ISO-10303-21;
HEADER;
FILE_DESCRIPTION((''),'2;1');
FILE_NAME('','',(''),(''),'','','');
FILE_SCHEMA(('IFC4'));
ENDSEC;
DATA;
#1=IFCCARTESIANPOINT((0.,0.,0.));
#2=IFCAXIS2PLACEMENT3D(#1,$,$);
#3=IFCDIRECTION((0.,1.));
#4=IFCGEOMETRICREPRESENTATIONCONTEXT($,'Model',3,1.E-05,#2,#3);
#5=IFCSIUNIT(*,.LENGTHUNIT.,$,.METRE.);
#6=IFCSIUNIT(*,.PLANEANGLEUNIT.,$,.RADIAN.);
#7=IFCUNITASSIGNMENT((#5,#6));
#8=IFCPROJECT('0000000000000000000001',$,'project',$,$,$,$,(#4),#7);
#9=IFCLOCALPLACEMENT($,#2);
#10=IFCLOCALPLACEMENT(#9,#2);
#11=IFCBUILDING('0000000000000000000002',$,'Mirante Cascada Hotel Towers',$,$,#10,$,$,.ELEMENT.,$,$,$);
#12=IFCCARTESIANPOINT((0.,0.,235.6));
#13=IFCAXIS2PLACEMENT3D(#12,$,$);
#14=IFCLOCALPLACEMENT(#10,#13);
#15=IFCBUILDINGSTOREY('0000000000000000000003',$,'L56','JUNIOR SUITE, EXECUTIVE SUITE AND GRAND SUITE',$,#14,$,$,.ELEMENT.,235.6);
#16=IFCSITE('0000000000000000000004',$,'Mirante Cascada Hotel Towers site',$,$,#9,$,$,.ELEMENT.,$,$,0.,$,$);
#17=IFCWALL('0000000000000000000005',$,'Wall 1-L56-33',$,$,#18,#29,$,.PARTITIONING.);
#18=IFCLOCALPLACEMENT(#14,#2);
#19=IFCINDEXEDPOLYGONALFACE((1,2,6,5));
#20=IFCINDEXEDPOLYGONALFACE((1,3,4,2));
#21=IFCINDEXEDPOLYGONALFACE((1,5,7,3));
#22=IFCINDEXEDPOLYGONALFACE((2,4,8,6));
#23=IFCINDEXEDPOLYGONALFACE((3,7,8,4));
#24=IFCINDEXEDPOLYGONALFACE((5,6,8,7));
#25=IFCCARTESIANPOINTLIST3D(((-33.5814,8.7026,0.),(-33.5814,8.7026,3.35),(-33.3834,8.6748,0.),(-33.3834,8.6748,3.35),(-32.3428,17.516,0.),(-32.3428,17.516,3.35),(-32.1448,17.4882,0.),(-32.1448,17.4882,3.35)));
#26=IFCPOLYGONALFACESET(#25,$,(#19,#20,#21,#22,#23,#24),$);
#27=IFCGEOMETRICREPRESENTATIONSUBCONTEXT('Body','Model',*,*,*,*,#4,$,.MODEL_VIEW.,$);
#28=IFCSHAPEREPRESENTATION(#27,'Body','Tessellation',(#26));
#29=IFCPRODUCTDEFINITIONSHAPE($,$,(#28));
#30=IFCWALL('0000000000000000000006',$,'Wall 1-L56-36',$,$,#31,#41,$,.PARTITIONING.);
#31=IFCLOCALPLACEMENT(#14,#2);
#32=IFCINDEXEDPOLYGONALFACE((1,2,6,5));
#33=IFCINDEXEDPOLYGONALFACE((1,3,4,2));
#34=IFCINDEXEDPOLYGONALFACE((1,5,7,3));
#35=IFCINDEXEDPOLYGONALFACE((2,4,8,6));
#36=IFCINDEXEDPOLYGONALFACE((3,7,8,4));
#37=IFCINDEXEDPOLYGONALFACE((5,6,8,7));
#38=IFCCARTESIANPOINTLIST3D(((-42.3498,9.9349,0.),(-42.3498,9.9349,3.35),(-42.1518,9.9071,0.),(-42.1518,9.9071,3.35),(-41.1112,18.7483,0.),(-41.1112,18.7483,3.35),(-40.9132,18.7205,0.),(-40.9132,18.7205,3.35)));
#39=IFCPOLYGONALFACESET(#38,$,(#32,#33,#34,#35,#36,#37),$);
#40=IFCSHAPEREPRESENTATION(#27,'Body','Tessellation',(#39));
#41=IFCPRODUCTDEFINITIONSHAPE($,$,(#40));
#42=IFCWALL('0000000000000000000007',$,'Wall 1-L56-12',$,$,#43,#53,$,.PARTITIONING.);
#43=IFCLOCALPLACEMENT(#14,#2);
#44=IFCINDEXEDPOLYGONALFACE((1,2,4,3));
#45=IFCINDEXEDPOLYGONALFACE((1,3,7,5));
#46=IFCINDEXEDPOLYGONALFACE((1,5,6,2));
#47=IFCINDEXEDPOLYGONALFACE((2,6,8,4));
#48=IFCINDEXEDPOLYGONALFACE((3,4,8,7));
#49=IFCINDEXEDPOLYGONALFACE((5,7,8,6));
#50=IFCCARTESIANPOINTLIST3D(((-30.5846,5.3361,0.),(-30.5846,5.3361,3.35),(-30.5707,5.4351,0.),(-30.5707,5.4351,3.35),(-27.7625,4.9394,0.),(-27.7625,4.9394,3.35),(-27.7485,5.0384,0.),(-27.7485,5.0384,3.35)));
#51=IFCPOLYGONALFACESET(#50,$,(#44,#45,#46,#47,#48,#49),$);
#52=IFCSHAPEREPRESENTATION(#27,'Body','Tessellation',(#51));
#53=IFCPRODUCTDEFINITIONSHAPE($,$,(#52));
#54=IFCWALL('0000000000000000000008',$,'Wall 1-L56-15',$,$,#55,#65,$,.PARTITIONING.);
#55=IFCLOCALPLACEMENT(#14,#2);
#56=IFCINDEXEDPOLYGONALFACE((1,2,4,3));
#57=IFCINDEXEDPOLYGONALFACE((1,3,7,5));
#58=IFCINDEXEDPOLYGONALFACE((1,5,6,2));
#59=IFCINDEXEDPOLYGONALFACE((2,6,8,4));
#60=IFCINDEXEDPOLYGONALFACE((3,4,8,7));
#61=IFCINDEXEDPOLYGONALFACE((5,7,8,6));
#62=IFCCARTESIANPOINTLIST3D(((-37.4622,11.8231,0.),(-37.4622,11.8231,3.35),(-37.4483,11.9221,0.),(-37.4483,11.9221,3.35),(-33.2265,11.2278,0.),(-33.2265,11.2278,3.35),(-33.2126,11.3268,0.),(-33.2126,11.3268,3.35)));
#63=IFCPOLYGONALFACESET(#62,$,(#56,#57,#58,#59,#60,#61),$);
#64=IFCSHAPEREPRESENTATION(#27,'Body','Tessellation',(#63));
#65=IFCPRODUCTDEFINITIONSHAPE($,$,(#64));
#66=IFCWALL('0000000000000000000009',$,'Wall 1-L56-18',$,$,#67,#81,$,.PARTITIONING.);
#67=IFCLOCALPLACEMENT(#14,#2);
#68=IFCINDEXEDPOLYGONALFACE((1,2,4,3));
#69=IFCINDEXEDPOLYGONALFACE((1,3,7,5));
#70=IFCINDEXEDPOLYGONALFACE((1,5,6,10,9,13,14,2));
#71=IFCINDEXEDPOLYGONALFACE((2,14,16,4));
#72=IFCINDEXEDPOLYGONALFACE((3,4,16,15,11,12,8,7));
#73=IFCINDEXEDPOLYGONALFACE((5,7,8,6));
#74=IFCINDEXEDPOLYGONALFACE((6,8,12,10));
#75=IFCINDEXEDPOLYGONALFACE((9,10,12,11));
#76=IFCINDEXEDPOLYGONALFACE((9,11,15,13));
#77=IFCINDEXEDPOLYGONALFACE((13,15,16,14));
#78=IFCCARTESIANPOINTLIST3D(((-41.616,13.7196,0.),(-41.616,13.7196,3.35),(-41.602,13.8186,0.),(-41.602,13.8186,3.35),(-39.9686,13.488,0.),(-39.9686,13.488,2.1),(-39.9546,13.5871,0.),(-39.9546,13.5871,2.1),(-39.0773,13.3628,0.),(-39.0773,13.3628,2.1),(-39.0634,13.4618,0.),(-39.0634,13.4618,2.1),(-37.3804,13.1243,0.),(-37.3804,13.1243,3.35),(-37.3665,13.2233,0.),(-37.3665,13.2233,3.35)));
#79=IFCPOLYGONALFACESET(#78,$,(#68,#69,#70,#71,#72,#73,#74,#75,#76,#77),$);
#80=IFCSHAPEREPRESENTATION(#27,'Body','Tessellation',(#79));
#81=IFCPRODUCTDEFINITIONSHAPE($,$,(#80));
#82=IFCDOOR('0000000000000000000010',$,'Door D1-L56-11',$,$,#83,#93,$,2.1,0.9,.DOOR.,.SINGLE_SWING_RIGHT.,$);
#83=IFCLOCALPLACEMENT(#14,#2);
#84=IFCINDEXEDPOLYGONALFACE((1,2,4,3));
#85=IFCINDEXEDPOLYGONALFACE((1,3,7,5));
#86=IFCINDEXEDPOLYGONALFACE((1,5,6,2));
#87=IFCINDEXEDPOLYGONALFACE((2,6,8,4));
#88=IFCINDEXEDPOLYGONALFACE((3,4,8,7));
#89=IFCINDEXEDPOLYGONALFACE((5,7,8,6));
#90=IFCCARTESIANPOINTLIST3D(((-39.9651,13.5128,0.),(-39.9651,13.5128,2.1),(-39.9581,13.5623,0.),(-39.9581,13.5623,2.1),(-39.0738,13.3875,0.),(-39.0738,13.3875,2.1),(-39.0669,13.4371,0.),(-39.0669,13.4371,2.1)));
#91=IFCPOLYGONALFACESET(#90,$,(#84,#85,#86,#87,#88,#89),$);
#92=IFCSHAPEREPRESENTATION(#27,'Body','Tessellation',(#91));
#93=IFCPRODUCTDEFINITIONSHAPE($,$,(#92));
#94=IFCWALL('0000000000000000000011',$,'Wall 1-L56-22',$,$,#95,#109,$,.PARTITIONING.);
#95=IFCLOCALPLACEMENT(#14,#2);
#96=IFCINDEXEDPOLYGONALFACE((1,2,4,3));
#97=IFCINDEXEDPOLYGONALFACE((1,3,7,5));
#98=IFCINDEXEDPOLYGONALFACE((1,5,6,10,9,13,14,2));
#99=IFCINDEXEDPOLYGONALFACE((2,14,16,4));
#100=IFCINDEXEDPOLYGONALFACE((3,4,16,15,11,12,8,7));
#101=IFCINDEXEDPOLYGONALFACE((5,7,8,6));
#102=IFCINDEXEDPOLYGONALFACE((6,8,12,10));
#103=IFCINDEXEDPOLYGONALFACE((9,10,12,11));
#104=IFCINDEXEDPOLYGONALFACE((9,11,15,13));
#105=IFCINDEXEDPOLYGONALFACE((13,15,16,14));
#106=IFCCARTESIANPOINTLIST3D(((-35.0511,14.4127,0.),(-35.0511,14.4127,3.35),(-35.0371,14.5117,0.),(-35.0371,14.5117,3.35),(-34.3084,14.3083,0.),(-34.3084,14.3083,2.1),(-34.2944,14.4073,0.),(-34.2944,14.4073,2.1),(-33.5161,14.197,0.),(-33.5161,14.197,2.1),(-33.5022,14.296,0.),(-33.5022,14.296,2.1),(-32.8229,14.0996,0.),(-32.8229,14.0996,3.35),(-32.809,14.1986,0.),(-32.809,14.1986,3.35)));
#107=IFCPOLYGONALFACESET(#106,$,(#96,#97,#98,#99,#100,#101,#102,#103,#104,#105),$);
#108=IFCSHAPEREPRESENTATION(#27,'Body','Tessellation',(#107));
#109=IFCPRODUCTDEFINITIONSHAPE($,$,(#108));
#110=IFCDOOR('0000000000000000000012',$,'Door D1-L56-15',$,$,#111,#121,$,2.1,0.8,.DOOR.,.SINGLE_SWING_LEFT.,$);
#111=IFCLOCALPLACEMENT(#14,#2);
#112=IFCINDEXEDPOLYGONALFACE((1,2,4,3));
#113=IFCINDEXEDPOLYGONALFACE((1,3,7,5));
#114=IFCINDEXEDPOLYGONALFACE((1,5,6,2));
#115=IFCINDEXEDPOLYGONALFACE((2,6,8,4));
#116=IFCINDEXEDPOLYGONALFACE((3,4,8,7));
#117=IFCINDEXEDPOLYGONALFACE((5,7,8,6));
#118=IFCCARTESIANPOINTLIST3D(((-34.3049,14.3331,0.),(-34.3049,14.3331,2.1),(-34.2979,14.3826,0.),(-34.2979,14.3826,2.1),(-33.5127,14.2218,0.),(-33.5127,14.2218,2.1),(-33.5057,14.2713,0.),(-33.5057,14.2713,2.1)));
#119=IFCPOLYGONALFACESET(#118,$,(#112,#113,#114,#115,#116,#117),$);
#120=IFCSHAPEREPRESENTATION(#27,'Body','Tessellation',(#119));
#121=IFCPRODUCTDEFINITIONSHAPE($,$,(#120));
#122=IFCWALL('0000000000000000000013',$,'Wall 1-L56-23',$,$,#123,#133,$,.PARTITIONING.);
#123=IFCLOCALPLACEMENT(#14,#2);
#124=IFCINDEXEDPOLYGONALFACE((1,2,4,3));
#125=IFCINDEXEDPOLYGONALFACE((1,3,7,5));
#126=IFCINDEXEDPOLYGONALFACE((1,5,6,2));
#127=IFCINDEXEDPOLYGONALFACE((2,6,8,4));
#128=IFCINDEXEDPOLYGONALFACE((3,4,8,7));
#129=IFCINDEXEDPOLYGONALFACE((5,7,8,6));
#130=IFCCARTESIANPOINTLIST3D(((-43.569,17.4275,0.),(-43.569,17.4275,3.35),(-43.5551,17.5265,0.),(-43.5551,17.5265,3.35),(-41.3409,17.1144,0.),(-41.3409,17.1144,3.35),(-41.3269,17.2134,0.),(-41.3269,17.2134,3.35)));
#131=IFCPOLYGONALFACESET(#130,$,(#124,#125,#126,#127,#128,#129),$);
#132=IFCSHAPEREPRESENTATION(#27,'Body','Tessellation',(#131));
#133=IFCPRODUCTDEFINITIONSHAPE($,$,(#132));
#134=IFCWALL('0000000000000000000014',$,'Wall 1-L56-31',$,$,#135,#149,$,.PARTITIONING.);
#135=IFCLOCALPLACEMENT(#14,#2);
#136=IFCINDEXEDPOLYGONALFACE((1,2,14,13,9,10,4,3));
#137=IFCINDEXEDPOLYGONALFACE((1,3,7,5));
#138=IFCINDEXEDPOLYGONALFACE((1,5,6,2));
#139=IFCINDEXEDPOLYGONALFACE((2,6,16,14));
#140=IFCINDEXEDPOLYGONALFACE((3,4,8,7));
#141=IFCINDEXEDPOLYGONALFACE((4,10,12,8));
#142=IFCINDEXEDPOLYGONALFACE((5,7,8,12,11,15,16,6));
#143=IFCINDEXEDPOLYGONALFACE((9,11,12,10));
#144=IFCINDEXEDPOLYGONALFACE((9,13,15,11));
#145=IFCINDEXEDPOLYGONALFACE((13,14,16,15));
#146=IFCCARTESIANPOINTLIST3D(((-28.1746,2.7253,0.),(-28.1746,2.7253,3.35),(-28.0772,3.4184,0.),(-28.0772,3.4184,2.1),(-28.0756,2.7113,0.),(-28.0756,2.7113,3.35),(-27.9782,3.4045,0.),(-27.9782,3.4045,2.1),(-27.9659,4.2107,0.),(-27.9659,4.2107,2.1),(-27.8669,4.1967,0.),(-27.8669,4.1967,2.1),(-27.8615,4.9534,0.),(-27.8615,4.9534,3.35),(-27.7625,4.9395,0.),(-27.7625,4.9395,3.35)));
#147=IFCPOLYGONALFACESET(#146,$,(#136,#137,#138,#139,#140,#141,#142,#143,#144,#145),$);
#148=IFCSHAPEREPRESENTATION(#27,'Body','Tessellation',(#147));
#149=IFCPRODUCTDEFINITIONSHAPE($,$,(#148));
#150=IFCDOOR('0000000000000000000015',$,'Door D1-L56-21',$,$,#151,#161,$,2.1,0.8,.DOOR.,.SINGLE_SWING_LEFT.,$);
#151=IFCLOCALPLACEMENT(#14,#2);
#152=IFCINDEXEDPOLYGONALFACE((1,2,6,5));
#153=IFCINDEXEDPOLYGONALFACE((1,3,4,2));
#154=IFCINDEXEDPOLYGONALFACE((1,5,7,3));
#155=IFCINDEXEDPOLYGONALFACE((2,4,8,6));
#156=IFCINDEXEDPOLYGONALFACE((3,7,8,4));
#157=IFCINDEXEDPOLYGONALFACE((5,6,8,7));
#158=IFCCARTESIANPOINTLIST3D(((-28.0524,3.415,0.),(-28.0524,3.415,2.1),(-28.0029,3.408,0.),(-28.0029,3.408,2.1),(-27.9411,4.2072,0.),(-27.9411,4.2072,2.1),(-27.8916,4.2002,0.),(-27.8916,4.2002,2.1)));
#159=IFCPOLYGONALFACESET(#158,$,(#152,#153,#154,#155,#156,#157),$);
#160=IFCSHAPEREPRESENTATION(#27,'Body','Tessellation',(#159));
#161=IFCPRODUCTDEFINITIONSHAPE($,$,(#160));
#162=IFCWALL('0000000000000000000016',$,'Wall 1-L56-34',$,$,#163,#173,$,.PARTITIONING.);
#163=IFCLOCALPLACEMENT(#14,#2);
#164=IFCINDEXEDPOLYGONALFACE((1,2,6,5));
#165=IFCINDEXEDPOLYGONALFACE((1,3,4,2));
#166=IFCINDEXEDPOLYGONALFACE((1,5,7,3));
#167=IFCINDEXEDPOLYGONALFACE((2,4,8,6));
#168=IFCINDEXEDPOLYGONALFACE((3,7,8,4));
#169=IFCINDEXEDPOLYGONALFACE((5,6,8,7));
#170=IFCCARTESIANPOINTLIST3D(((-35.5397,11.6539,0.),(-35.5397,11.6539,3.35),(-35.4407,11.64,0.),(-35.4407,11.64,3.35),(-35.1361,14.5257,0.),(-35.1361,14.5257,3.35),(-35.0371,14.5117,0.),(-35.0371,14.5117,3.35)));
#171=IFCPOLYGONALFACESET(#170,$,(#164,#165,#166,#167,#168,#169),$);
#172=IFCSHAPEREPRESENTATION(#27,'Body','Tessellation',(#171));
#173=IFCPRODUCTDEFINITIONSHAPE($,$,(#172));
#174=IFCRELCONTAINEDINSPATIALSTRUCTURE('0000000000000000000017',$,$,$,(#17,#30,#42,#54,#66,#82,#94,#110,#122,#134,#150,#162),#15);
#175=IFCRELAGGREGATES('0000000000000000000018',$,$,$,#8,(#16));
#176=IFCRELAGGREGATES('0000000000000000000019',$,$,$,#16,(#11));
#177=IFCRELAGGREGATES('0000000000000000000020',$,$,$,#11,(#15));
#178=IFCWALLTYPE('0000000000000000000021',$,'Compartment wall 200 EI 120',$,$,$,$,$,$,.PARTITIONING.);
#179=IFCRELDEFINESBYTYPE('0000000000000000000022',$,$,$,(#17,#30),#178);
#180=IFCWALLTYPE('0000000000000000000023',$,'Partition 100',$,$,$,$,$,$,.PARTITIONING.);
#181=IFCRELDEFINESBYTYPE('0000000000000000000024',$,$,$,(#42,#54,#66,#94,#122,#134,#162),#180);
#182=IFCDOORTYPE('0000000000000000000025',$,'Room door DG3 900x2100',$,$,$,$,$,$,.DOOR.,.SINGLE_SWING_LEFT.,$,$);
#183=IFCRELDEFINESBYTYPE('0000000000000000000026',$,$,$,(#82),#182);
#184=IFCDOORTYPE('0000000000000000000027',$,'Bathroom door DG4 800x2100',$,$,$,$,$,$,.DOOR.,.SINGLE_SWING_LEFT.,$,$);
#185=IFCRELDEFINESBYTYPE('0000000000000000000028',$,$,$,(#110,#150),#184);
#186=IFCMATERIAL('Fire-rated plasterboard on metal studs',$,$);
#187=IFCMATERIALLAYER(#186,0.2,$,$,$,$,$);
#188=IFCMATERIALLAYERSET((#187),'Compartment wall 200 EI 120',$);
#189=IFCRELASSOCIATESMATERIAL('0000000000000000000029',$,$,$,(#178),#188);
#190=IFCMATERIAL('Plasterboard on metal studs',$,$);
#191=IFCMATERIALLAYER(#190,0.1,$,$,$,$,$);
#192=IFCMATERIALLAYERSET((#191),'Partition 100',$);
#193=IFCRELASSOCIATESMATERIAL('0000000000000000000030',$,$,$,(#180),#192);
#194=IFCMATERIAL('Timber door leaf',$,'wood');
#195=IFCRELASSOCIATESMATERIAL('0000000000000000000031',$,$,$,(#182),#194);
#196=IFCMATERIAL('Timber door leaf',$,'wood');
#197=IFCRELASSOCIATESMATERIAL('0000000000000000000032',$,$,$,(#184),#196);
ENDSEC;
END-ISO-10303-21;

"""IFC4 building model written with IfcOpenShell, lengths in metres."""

from ifc_helpers import new_model, si_unit, direction, frame, frame_2d, origin, place, context, subcontext, project, spatial, rectangle, extrude, material, layer, layer_set, type_object, element, fill, save


model = new_model("IFC4")

# Units and contexts
model_context = context("Model", 3, precision=1e-05, world=origin(), true_north=direction((0.0, 1.0)))
body_context = subcontext(model_context, "Body", "Model", "MODEL_VIEW")
ifc_project = project(units=[si_unit("LENGTHUNIT", "METRE"), si_unit("PLANEANGLEUNIT", "RADIAN")], contexts=[model_context])

# Site, building, storey
site_placement = place(None, origin())
site = spatial("IfcSite", under=ifc_project, at=site_placement, Name="Mirante Cascada Hotel Towers site", CompositionType="ELEMENT", RefElevation=0.0)
building_placement = place(site_placement, origin())
building = spatial("IfcBuilding", under=site, at=building_placement, Name="Mirante Cascada Hotel Towers", CompositionType="ELEMENT")
storey_placement = place(building_placement, frame((0.0, 0.0, 235.6)))
storey = spatial("IfcBuildingStorey", under=building, at=storey_placement, Name="L56", Description="JUNIOR SUITE, EXECUTIVE SUITE AND GRAND SUITE", CompositionType="ELEMENT", Elevation=235.6)

# Shared definitions
ifc_material_1 = material(Name="Fire-rated plasterboard on metal studs")
ifc_layer_1 = layer(ifc_material_1, 0.2)
ifc_layer_set_1 = layer_set([ifc_layer_1], Name="Compartment wall 200 EI 120")
wall_type_1 = type_object("IfcWallType", Name="Compartment wall 200 EI 120", PredefinedType="PARTITIONING", material=ifc_layer_set_1)

# Walls
for number, where, z_axis, x_axis, name in (
    (1, (-33.4824, 8.6887, 0.0), (0.0, 0.0, 1.0), (0.139168, 0.990269, 0.0), "Wall 1-L56-33"),
    (2, (-41.0122, 18.7344, 0.0), (0.0, 0.0, 1.0), (-0.139168, -0.990269, 0.0), "Wall 1-L56-36"),
):
    element("IfcWall", number, at=place(storey_placement, frame(where, z_axis=z_axis, x_axis=x_axis)), inside=storey, type_object=wall_type_1, Name=name, PredefinedType="PARTITIONING", context=body_context, shape_type="SweptSolid", body=[
        extrude(rectangle(XDim=8.9, YDim=0.2, at=frame_2d((4.45, 0.0))), origin(), (0.0, 0.0, 1.0), 3.35),
    ])
ifc_material_2 = material(Name="Plasterboard on metal studs")
ifc_layer_2 = layer(ifc_material_2, 0.1)
ifc_layer_set_2 = layer_set([ifc_layer_2], Name="Partition 100")
wall_type_2 = type_object("IfcWallType", Name="Partition 100", PredefinedType="PARTITIONING", material=ifc_layer_set_2)
wall_1_placement = place(storey_placement, frame((-30.5777, 5.3856, 0.0), z_axis=(0.0, 0.0, 1.0), x_axis=(0.990265, -0.139196, 0.0)))
element("IfcWall", 3, at=wall_1_placement, inside=storey, type_object=wall_type_2, Name="Wall 1-L56-12", PredefinedType="PARTITIONING", context=body_context, shape_type="SweptSolid", body=[
    extrude(rectangle(XDim=2.8499, YDim=0.1, at=frame_2d((1.425, 0.0))), origin(), (0.0, 0.0, 1.0), 3.35),
])
wall_2_placement = place(storey_placement, frame((-33.2196, 11.2773, 0.0), z_axis=(0.0, 0.0, 1.0), x_axis=(-0.990268, 0.139176, 0.0)))
element("IfcWall", 4, at=wall_2_placement, inside=storey, type_object=wall_type_2, Name="Wall 1-L56-15", PredefinedType="PARTITIONING", context=body_context, shape_type="SweptSolid", body=[
    extrude(rectangle(XDim=4.2773, YDim=0.1, at=frame_2d((2.1386, 0.0))), origin(), (0.0, 0.0, 1.0), 3.35),
])

# Walls, openings, doors
wall_3_placement = place(storey_placement, frame((-41.609, 13.7691, 0.0), z_axis=(0.0, 0.0, 1.0), x_axis=(0.990267, -0.139179, 0.0)))
wall_3 = element("IfcWall", 5, at=wall_3_placement, inside=storey, type_object=wall_type_2, Name="Wall 1-L56-18", PredefinedType="PARTITIONING", context=body_context, shape_type="SweptSolid", body=[
    extrude(rectangle(XDim=4.2772, YDim=0.1, at=frame_2d((2.1386, 0.0))), origin(), (0.0, 0.0, 1.0), 3.35),
])
opening_1_placement = place(wall_3_placement, frame((1.6636, 0.0, 0.0)))
opening_1 = element("IfcOpeningElement", 6, at=opening_1_placement, cuts=wall_3, PredefinedType="OPENING", context=body_context, shape_type="SweptSolid", body=[
    extrude(rectangle(XDim=0.9, YDim=2.1, at=frame_2d((0.45, 1.05))), frame((0.0, 0.05, 0.0), z_axis=(0.0, -1.0, 0.0), x_axis=(1.0, 0.0, 0.0)), (0.0, 0.0, 1.0), 0.1),
])
ifc_material_3 = material(Name="Timber door leaf", Category="wood")
door_type_1 = type_object("IfcDoorType", Name="Room door DG3 900x2100", OperationType="SINGLE_SWING_LEFT", PredefinedType="DOOR", material=ifc_material_3)
door_1_placement = place(opening_1_placement, frame((0.9, 0.0, 0.0), z_axis=(0.0, 0.0, 1.0), x_axis=(-1.0, 0.0, 0.0)))
door_1 = element("IfcDoor", 7, at=door_1_placement, inside=storey, type_object=door_type_1, Name="Door D1-L56-11", OperationType="SINGLE_SWING_RIGHT", OverallHeight=2.1, OverallWidth=0.9, PredefinedType="DOOR", context=body_context, shape_type="SweptSolid", body=[
    extrude(rectangle(XDim=0.9, YDim=2.1, at=frame_2d((0.45, 1.05))), frame((0.0, 0.025, 0.0), z_axis=(0.0, -1.0, 0.0), x_axis=(1.0, 0.0, 0.0)), (0.0, 0.0, 1.0), 0.05),
])
fill(opening_1, door_1)
wall_4_placement = place(storey_placement, frame((-35.0441, 14.4622, 0.0), z_axis=(0.0, 0.0, 1.0), x_axis=(0.990271, -0.139156, 0.0)))
wall_4 = element("IfcWall", 8, at=wall_4_placement, inside=storey, type_object=wall_type_2, Name="Wall 1-L56-22", PredefinedType="PARTITIONING", context=body_context, shape_type="SweptSolid", body=[
    extrude(rectangle(XDim=2.25, YDim=0.1, at=frame_2d((1.125, 0.0))), origin(), (0.0, 0.0, 1.0), 3.35),
])
opening_2_placement = place(wall_4_placement, frame((0.75, 0.0, 0.0)))
opening_2 = element("IfcOpeningElement", 9, at=opening_2_placement, cuts=wall_4, PredefinedType="OPENING", context=body_context, shape_type="SweptSolid", body=[
    extrude(rectangle(XDim=0.8, YDim=2.1, at=frame_2d((0.4, 1.05))), frame((0.0, 0.05, 0.0), z_axis=(0.0, -1.0, 0.0), x_axis=(1.0, 0.0, 0.0)), (0.0, 0.0, 1.0), 0.1),
])
ifc_material_4 = material(Name="Timber door leaf", Category="wood")
door_type_2 = type_object("IfcDoorType", Name="Bathroom door DG4 800x2100", OperationType="SINGLE_SWING_LEFT", PredefinedType="DOOR", material=ifc_material_4)
door_2_placement = place(opening_2_placement, origin())
door_2 = element("IfcDoor", 10, at=door_2_placement, inside=storey, type_object=door_type_2, Name="Door D1-L56-15", OperationType="SINGLE_SWING_LEFT", OverallHeight=2.1, OverallWidth=0.8, PredefinedType="DOOR", context=body_context, shape_type="SweptSolid", body=[
    extrude(rectangle(XDim=0.8, YDim=2.1, at=frame_2d((0.4, 1.05))), frame((0.0, 0.025, 0.0), z_axis=(0.0, -1.0, 0.0), x_axis=(1.0, 0.0, 0.0)), (0.0, 0.0, 1.0), 0.05),
])
fill(opening_2, door_2)

# Wall
wall_5_placement = place(storey_placement, frame((-41.3339, 17.1639, 0.0), z_axis=(0.0, 0.0, 1.0), x_axis=(-0.990271, 0.139156, 0.0)))
element("IfcWall", 11, at=wall_5_placement, inside=storey, type_object=wall_type_2, Name="Wall 1-L56-23", PredefinedType="PARTITIONING", context=body_context, shape_type="SweptSolid", body=[
    extrude(rectangle(XDim=2.25, YDim=0.1, at=frame_2d((1.125, 0.0))), origin(), (0.0, 0.0, 1.0), 3.35),
])

# Wall, opening, door
wall_6_placement = place(storey_placement, frame((-28.1251, 2.7183, 0.0), z_axis=(0.0, 0.0, 1.0), x_axis=(0.139156, 0.990271, 0.0)))
wall_6 = element("IfcWall", 12, at=wall_6_placement, inside=storey, type_object=wall_type_2, Name="Wall 1-L56-31", PredefinedType="PARTITIONING", context=body_context, shape_type="SweptSolid", body=[
    extrude(rectangle(XDim=2.25, YDim=0.1, at=frame_2d((1.125, 0.0))), origin(), (0.0, 0.0, 1.0), 3.35),
])
opening_3_placement = place(wall_6_placement, frame((0.7, 0.0, 0.0)))
opening_3 = element("IfcOpeningElement", 13, at=opening_3_placement, cuts=wall_6, PredefinedType="OPENING", context=body_context, shape_type="SweptSolid", body=[
    extrude(rectangle(XDim=0.8, YDim=2.1, at=frame_2d((0.4, 1.05))), frame((0.0, 0.05, 0.0), z_axis=(0.0, -1.0, 0.0), x_axis=(1.0, 0.0, 0.0)), (0.0, 0.0, 1.0), 0.1),
])
door_3_placement = place(opening_3_placement, origin())
door_3 = element("IfcDoor", 14, at=door_3_placement, inside=storey, type_object=door_type_2, Name="Door D1-L56-21", OperationType="SINGLE_SWING_LEFT", OverallHeight=2.1, OverallWidth=0.8, PredefinedType="DOOR", context=body_context, shape_type="SweptSolid", body=[
    extrude(rectangle(XDim=0.8, YDim=2.1, at=frame_2d((0.4, 1.05))), frame((0.0, 0.025, 0.0), z_axis=(0.0, -1.0, 0.0), x_axis=(1.0, 0.0, 0.0)), (0.0, 0.0, 1.0), 0.05),
])
fill(opening_3, door_3)

# Wall
wall_7_placement = place(storey_placement, frame((-35.0866, 14.5187, 0.0), z_axis=(0.0, 0.0, 1.0), x_axis=(-0.139171, -0.990268, 0.0)))
element("IfcWall", 15, at=wall_7_placement, inside=storey, type_object=wall_type_2, Name="Wall 1-L56-34", PredefinedType="PARTITIONING", context=body_context, shape_type="SweptSolid", body=[
    extrude(rectangle(XDim=2.9, YDim=0.1, at=frame_2d((1.45, 0.0))), origin(), (0.0, 0.0, 1.0), 3.35),
])

save(model, "model.ifc")
